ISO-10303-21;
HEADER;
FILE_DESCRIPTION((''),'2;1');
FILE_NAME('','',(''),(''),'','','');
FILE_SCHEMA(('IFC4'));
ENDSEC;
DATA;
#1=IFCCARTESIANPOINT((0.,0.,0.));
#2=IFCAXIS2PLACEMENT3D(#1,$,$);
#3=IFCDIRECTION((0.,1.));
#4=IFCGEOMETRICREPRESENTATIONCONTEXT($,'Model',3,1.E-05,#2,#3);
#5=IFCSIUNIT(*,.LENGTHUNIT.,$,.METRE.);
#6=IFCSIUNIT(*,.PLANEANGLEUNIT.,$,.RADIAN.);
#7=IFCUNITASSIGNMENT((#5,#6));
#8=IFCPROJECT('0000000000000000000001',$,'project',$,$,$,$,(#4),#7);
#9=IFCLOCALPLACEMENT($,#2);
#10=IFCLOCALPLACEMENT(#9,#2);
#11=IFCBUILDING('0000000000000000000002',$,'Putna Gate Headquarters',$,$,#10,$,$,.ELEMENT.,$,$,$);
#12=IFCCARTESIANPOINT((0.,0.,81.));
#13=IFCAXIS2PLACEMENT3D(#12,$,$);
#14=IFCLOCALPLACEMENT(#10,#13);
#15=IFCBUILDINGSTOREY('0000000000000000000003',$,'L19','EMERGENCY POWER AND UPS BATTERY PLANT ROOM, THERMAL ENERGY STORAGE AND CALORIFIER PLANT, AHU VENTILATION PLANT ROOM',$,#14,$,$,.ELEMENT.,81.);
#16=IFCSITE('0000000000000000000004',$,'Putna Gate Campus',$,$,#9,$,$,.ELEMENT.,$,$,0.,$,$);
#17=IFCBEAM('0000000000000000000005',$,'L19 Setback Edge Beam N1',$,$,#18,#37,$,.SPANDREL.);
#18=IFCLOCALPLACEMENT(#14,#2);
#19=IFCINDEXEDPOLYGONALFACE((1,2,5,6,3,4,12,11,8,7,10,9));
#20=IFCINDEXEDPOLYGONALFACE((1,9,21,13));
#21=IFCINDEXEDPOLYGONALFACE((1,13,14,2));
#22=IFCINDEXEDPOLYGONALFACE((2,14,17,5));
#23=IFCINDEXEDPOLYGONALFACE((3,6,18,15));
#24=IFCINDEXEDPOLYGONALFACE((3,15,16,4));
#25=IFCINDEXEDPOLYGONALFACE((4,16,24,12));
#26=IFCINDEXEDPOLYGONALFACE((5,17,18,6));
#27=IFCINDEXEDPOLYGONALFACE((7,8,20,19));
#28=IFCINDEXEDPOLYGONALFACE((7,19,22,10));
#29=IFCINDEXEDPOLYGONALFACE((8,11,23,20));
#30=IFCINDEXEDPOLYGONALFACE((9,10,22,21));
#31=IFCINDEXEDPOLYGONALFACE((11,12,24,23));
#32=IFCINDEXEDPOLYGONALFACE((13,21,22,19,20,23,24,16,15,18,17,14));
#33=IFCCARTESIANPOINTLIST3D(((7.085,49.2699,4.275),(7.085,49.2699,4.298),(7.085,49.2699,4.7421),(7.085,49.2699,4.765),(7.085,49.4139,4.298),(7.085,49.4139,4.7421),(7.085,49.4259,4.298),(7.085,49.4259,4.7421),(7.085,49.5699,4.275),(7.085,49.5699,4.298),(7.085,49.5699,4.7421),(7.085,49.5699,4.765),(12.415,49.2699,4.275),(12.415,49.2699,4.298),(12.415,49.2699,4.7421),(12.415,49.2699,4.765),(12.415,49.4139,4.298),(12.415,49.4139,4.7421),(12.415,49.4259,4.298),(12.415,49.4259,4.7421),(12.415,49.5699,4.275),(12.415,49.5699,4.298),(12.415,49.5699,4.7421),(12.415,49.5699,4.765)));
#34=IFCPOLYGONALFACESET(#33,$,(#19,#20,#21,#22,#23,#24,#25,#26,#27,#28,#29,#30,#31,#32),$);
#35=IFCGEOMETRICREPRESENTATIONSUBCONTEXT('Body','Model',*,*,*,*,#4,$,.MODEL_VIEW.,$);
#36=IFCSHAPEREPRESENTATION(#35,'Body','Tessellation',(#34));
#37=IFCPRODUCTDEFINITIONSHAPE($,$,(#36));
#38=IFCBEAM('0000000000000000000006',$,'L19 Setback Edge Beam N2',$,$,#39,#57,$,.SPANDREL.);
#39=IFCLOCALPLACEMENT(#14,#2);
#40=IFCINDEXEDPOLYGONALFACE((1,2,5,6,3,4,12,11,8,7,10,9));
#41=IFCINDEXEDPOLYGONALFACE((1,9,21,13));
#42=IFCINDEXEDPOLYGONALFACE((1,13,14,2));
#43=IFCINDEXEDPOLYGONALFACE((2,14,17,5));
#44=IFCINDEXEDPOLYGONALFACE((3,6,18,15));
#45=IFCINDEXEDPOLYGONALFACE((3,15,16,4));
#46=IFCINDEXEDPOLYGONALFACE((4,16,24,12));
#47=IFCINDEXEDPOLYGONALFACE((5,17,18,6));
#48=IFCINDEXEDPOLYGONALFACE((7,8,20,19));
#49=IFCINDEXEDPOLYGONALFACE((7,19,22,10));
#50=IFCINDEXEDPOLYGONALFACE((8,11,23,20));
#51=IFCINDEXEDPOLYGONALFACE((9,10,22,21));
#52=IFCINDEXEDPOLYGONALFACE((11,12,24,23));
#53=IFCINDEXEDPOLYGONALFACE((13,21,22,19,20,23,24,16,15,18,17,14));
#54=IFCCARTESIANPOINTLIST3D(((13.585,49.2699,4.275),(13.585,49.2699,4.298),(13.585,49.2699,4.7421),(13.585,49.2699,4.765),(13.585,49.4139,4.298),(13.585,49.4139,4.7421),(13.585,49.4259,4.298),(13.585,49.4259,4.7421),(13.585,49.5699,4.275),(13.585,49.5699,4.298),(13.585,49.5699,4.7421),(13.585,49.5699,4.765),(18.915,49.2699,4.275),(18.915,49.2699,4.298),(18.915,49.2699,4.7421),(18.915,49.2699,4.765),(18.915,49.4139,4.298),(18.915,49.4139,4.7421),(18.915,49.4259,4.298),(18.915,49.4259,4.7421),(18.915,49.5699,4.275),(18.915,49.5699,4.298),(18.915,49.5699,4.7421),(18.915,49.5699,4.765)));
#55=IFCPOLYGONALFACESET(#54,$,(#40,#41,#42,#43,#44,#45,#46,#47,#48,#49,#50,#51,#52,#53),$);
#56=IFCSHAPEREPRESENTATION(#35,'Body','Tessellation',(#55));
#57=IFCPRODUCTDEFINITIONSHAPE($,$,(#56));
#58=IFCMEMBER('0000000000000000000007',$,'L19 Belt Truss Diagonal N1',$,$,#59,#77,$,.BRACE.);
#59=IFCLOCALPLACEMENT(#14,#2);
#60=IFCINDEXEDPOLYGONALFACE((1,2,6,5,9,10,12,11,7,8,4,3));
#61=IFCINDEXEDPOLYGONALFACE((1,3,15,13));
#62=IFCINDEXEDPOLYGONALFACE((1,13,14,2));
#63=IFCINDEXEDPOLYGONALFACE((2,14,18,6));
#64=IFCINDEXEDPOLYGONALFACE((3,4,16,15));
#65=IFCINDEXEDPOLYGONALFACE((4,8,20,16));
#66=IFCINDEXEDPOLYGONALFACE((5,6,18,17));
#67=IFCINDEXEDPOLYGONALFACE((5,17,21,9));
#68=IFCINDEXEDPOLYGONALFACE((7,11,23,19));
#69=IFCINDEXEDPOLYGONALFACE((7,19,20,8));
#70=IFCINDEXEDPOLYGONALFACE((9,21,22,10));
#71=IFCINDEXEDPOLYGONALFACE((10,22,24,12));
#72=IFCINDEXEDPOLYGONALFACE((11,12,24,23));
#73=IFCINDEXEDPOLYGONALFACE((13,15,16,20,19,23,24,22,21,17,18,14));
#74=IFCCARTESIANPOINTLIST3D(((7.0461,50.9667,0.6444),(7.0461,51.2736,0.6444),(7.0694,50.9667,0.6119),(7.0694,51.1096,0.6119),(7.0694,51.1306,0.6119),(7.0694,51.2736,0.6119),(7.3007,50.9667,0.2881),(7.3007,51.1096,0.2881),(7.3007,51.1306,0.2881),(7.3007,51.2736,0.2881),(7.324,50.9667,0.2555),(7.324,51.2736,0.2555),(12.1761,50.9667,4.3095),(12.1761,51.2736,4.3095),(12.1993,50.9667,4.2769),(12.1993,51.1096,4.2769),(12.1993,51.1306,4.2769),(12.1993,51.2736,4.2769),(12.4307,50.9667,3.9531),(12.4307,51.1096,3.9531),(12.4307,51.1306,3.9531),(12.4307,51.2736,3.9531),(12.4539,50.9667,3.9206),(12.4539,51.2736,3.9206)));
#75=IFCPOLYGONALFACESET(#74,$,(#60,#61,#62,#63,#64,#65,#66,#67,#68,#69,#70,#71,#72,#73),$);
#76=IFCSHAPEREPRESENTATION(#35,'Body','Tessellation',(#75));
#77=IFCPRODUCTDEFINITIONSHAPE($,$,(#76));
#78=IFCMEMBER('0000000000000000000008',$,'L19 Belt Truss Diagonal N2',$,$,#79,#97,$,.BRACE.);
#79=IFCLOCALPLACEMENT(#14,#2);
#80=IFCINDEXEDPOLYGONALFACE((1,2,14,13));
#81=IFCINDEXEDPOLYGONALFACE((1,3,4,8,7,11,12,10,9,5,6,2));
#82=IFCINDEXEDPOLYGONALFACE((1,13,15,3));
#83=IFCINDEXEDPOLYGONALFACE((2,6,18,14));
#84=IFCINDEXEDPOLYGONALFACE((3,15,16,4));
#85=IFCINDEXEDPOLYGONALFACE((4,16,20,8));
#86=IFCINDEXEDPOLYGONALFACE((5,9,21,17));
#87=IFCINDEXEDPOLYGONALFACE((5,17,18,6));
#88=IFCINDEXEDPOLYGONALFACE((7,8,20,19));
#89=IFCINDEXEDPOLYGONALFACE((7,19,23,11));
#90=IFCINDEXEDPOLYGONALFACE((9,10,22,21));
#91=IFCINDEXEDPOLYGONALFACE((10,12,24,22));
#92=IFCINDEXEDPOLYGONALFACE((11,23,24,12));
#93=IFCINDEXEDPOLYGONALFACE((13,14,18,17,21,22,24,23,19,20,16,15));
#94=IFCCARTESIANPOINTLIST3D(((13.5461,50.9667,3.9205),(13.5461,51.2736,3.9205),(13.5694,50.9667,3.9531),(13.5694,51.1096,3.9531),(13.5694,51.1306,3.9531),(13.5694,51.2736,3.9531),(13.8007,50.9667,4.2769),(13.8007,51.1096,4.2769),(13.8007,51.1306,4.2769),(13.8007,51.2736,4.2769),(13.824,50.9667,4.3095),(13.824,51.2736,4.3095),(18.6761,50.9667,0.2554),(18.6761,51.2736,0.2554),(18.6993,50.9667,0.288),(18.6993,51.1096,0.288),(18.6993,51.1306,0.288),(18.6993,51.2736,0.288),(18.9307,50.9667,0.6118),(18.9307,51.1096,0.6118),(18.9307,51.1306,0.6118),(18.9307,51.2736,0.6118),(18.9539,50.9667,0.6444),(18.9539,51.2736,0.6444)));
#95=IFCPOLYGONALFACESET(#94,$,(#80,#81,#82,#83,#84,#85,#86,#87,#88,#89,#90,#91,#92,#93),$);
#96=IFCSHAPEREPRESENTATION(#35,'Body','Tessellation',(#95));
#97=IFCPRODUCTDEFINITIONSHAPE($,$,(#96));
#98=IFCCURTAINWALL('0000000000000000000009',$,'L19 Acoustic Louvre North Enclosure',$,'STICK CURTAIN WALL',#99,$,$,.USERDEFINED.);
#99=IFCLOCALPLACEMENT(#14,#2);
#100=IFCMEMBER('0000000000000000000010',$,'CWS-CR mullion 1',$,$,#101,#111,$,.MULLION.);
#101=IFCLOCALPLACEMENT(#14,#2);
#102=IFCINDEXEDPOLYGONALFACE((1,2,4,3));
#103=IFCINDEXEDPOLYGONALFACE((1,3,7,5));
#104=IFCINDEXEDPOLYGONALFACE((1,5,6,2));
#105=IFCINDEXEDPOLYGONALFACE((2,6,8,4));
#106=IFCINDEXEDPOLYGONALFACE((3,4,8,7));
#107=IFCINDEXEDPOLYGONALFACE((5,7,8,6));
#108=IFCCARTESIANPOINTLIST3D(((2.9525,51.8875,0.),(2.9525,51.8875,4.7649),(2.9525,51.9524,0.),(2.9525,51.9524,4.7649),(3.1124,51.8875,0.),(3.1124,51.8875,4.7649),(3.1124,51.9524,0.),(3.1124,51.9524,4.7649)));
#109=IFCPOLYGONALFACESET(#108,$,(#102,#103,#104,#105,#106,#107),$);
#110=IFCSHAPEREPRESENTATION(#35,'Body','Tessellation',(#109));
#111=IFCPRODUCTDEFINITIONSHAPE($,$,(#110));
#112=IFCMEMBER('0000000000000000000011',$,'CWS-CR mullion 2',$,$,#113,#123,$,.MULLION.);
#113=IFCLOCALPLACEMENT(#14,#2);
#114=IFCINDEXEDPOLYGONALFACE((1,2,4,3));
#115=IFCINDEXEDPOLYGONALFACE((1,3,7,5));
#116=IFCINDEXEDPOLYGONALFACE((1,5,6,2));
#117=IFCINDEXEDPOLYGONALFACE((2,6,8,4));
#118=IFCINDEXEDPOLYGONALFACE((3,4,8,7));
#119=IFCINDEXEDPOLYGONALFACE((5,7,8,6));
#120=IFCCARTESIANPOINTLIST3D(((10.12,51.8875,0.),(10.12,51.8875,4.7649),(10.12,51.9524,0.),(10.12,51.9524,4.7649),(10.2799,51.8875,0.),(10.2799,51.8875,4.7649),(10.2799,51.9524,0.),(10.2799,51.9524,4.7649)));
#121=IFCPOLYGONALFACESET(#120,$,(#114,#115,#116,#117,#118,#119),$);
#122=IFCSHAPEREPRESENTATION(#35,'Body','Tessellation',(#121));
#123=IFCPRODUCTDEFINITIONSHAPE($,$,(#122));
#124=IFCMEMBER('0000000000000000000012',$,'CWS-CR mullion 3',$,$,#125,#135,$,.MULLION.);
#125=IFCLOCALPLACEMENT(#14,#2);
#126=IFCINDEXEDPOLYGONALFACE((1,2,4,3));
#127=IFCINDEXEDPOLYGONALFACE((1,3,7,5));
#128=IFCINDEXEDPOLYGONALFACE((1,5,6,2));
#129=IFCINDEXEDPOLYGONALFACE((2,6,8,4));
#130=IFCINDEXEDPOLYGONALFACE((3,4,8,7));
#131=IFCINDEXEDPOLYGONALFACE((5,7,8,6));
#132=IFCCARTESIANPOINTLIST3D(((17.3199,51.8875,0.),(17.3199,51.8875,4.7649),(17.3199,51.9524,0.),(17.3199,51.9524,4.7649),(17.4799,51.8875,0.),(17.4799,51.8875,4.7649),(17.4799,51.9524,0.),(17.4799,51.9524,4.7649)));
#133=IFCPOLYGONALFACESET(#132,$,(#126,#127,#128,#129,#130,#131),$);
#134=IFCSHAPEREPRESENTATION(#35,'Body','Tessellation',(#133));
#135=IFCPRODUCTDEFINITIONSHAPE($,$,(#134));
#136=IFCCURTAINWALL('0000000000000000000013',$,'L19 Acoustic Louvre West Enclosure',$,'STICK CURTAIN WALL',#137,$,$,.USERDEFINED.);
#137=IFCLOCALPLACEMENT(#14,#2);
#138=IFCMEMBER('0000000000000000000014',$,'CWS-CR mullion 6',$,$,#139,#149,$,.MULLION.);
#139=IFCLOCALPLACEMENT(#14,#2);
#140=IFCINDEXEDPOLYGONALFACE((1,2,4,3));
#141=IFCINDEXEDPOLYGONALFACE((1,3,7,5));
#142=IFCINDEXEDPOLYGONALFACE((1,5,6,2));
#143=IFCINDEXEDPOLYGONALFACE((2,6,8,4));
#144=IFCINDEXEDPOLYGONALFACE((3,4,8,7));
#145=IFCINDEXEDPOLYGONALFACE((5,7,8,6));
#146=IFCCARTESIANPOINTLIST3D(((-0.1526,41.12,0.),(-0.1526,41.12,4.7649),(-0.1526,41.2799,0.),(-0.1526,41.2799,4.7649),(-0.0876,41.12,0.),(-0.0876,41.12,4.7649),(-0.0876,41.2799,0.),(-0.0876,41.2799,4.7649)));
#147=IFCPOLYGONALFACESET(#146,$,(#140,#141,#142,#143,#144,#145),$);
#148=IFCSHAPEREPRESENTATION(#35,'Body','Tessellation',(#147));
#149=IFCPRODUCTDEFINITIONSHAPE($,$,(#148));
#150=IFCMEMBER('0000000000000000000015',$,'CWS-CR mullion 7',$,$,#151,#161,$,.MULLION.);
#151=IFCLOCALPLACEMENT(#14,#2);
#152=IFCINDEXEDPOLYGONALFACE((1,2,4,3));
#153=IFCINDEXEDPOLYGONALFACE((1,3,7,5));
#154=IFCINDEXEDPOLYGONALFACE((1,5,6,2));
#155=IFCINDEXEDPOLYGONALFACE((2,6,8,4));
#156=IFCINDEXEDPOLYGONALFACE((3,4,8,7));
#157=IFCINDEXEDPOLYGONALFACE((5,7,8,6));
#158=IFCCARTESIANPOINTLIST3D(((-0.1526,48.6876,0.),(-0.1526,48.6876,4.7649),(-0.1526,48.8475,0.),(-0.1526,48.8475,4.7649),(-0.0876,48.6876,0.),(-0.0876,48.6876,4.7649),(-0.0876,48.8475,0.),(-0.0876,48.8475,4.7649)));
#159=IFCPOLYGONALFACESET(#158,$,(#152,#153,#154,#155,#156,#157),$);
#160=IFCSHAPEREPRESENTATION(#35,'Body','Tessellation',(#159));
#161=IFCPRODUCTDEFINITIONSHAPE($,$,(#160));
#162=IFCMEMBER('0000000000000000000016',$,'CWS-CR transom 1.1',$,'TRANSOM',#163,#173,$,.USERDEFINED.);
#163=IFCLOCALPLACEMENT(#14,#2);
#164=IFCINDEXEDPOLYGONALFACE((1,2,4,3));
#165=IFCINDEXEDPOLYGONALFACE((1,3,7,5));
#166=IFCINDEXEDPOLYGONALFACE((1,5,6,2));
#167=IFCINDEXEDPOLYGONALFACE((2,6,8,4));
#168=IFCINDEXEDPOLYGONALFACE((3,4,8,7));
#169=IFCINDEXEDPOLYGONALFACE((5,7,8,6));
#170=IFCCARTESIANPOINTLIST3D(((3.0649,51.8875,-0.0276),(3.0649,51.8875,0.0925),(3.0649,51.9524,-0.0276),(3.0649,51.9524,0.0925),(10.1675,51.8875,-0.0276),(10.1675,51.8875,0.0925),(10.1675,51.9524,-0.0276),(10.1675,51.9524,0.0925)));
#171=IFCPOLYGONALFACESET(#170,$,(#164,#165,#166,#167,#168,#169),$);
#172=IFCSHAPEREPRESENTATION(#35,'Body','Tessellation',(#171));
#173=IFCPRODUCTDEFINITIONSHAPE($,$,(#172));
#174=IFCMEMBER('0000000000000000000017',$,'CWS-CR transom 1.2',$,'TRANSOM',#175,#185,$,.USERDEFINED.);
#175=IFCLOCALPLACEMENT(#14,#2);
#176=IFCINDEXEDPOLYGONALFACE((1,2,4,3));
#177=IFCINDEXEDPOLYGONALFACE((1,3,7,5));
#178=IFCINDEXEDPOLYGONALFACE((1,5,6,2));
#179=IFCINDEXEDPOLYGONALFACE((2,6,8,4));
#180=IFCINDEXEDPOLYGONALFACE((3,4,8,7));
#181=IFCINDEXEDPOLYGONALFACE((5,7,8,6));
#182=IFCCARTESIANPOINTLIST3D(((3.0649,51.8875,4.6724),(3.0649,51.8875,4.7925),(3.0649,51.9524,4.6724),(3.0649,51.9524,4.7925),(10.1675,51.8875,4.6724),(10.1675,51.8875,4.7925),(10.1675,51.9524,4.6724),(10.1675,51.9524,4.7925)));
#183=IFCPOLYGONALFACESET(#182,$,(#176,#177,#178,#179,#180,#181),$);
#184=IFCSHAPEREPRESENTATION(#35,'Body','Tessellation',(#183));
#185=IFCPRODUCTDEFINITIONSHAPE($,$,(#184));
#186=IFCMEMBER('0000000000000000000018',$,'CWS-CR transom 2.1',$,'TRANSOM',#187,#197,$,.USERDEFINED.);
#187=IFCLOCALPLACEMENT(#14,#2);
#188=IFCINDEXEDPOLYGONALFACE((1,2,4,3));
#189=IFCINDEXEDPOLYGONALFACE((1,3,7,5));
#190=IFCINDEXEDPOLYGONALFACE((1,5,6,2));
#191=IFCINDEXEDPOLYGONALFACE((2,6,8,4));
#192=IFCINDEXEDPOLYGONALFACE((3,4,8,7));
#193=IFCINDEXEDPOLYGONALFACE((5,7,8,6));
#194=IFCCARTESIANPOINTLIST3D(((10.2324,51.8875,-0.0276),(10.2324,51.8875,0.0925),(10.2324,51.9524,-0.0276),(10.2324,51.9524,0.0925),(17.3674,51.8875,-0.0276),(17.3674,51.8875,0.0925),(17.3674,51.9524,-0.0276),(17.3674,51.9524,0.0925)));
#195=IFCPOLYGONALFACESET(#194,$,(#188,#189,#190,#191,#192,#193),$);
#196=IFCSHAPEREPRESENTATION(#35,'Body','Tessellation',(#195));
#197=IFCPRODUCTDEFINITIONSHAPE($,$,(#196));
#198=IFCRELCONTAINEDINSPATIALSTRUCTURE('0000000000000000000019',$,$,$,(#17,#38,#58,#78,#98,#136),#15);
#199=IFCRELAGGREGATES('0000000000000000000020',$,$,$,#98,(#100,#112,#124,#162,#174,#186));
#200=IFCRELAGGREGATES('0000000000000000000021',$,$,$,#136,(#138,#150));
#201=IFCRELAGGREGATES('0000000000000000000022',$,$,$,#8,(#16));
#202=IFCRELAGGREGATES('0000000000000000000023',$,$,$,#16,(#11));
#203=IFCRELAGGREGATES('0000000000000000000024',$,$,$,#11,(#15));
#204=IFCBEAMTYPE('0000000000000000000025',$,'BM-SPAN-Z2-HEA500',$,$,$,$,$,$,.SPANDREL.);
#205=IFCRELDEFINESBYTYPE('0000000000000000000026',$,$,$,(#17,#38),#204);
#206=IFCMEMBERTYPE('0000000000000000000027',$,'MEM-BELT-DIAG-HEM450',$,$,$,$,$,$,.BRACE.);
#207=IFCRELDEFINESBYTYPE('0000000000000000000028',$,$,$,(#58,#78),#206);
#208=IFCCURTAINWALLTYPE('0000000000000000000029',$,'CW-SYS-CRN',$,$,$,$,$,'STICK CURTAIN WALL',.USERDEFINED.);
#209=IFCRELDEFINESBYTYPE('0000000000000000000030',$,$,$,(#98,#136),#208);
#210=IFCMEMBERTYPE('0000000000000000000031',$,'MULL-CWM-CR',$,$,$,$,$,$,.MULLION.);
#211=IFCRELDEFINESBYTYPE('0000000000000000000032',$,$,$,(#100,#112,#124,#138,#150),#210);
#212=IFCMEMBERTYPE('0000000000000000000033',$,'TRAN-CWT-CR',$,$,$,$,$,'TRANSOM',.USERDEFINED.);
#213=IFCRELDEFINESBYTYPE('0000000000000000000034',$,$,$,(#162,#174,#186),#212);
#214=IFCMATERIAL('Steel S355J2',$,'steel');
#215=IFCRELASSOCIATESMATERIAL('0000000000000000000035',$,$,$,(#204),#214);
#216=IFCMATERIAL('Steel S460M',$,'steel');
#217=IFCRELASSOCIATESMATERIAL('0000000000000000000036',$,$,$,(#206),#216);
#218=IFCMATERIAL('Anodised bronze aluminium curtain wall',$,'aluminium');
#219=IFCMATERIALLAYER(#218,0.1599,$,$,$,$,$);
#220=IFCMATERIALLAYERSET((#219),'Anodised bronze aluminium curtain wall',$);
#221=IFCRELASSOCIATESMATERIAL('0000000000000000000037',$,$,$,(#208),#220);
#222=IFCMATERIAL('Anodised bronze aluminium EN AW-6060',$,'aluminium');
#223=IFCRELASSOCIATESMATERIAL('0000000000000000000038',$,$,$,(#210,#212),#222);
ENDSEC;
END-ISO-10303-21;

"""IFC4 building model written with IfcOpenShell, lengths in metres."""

from ifc_helpers import new_model, si_unit, direction, frame, origin, origin_2d, place, context, subcontext, project, spatial, rectangle, i_section, extrude, material, layer, layer_set, material_profile, profile_set, type_object, element, aggregate, save


model = new_model("IFC4")

# Units and contexts
model_context = context("Model", 3, precision=1e-05, world=origin(), true_north=direction((0.0, 1.0)))
body_context = subcontext(model_context, "Body", "Model", "MODEL_VIEW")
ifc_project = project(units=[si_unit("LENGTHUNIT", "METRE"), si_unit("PLANEANGLEUNIT", "RADIAN")], contexts=[model_context])

# Site, building, storey
site_placement = place(None, origin())
site = spatial("IfcSite", under=ifc_project, at=site_placement, Name="Putna Gate Campus", CompositionType="ELEMENT", RefElevation=0.0)
building_placement = place(site_placement, origin())
building = spatial("IfcBuilding", under=site, at=building_placement, Name="Putna Gate Headquarters", CompositionType="ELEMENT")
storey_placement = place(building_placement, frame((0.0, 0.0, 81.0)))
storey = spatial("IfcBuildingStorey", under=building, at=storey_placement, Name="L19", Description="EMERGENCY POWER AND UPS BATTERY PLANT ROOM, THERMAL ENERGY STORAGE AND CALORIFIER PLANT, AHU VENTILATION PLANT ROOM", CompositionType="ELEMENT", Elevation=81.0)

# Beams
ifc_material_1 = material(Name="Steel S355J2", Category="steel")
ifc_material_profile_1 = material_profile(ifc_material_1, i_section(OverallWidth=0.3, OverallDepth=0.49, WebThickness=0.012, FlangeThickness=0.0229, at=origin_2d()), Name="Steel S355J2")
ifc_profile_set_1 = profile_set([ifc_material_profile_1], Name="Steel S355J2")
beam_type_1 = type_object("IfcBeamType", Name="BM-SPAN-Z2-HEA500", PredefinedType="SPANDREL", material=ifc_profile_set_1)
for number, where, z_axis, x_axis, name in (
    (1, (7.085, 49.4199, 4.52), (1.0, 0.0, 0.0), (0.0, 1.0, 0.0), "L19 Setback Edge Beam N1"),
    (2, (13.585, 49.4199, 4.52), (1.0, 0.0, 0.0), (0.0, 1.0, 0.0), "L19 Setback Edge Beam N2"),
):
    element("IfcBeam", number, at=place(storey_placement, frame(where, z_axis=z_axis, x_axis=x_axis)), inside=storey, type_object=beam_type_1, Name=name, PredefinedType="SPANDREL", context=body_context, shape_type="SweptSolid", body=[
        extrude(i_section(OverallWidth=0.3, OverallDepth=0.49, WebThickness=0.012, FlangeThickness=0.0229, at=origin_2d()), origin(), (0.0, 0.0, 1.0), 5.3301),
    ])

# Members
ifc_material_2 = material(Name="Steel S460M", Category="steel")
ifc_material_profile_2 = material_profile(ifc_material_2, i_section(OverallWidth=0.3069, OverallDepth=0.478, WebThickness=0.021, FlangeThickness=0.04, at=origin_2d()), Name="Steel S460M")
ifc_profile_set_2 = profile_set([ifc_material_profile_2], Name="Steel S460M")
member_type_1 = type_object("IfcMemberType", Name="MEM-BELT-DIAG-HEM450", PredefinedType="BRACE", material=ifc_profile_set_2)
for number, where, z_axis, x_axis, name in (
    (3, (7.1851, 51.1201, 0.45), (0.813671, 0.0, 0.581326), (0.0, 1.0, 0.0), "L19 Belt Truss Diagonal N1"),
    (4, (13.6851, 51.1201, 4.115), (0.813671, 0.0, -0.581326), (0.0, 1.0, 0.0), "L19 Belt Truss Diagonal N2"),
):
    element("IfcMember", number, at=place(storey_placement, frame(where, z_axis=z_axis, x_axis=x_axis)), inside=storey, type_object=member_type_1, Name=name, PredefinedType="BRACE", context=body_context, shape_type="SweptSolid", body=[
        extrude(i_section(OverallWidth=0.3069, OverallDepth=0.478, WebThickness=0.021, FlangeThickness=0.04, at=origin_2d()), origin(), (0.0, 0.0, 1.0), 6.3047),
    ])

# Curtain walls, members
ifc_material_3 = material(Name="Anodised bronze aluminium curtain wall", Category="aluminium")
ifc_layer_1 = layer(ifc_material_3, 0.1599)
ifc_layer_set_1 = layer_set([ifc_layer_1], Name="Anodised bronze aluminium curtain wall")
curtain_wall_type = type_object("IfcCurtainWallType", Name="CW-SYS-CRN", ElementType="STICK CURTAIN WALL", PredefinedType="USERDEFINED", material=ifc_layer_set_1)
curtain_wall_1_placement = place(storey_placement, origin())
curtain_wall_1 = element("IfcCurtainWall", 5, at=curtain_wall_1_placement, inside=storey, type_object=curtain_wall_type, Name="L19 Acoustic Louvre North Enclosure", ObjectType="STICK CURTAIN WALL", PredefinedType="USERDEFINED")
ifc_material_4 = material(Name="Anodised bronze aluminium EN AW-6060", Category="aluminium")
ifc_material_profile_3 = material_profile(ifc_material_4, rectangle(XDim=0.0649, YDim=0.1599, at=origin_2d()), Name="Anodised bronze aluminium EN AW-6060")
ifc_profile_set_3 = profile_set([ifc_material_profile_3], Name="Anodised bronze aluminium EN AW-6060")
member_type_2 = type_object("IfcMemberType", Name="MULL-CWM-CR", PredefinedType="MULLION", material=ifc_profile_set_3)
member_1_placement = place(storey_placement, frame((3.0325, 51.9199, 0.0), z_axis=(0.0, 0.0, 1.0), x_axis=(0.0, 1.0, 0.0)))
member_1 = element("IfcMember", 6, at=member_1_placement, type_object=member_type_2, Name="CWS-CR mullion 1", PredefinedType="MULLION", context=body_context, shape_type="SweptSolid", body=[
    extrude(rectangle(XDim=0.0649, YDim=0.1599, at=origin_2d()), origin(), (0.0, 0.0, 1.0), 4.7649),
])
member_2_placement = place(storey_placement, frame((10.2, 51.9199, 0.0), z_axis=(0.0, 0.0, 1.0), x_axis=(0.0, 1.0, 0.0)))
member_2 = element("IfcMember", 7, at=member_2_placement, type_object=member_type_2, Name="CWS-CR mullion 2", PredefinedType="MULLION", context=body_context, shape_type="SweptSolid", body=[
    extrude(rectangle(XDim=0.0649, YDim=0.1599, at=origin_2d()), origin(), (0.0, 0.0, 1.0), 4.7649),
])
member_3_placement = place(storey_placement, frame((17.3999, 51.9199, 0.0), z_axis=(0.0, 0.0, 1.0), x_axis=(0.0, 1.0, 0.0)))
member_3 = element("IfcMember", 8, at=member_3_placement, type_object=member_type_2, Name="CWS-CR mullion 3", PredefinedType="MULLION", context=body_context, shape_type="SweptSolid", body=[
    extrude(rectangle(XDim=0.0649, YDim=0.1599, at=origin_2d()), origin(), (0.0, 0.0, 1.0), 4.7649),
])
curtain_wall_2_placement = place(storey_placement, origin())
curtain_wall_2 = element("IfcCurtainWall", 9, at=curtain_wall_2_placement, inside=storey, type_object=curtain_wall_type, Name="L19 Acoustic Louvre West Enclosure", ObjectType="STICK CURTAIN WALL", PredefinedType="USERDEFINED")
member_4_placement = place(storey_placement, frame((-0.1201, 41.2, 0.0), z_axis=(0.0, 0.0, 1.0), x_axis=(-1.0, 0.0, 0.0)))
member_4 = element("IfcMember", 10, at=member_4_placement, type_object=member_type_2, Name="CWS-CR mullion 6", PredefinedType="MULLION", context=body_context, shape_type="SweptSolid", body=[
    extrude(rectangle(XDim=0.0649, YDim=0.1599, at=origin_2d()), origin(), (0.0, 0.0, 1.0), 4.7649),
])
member_5_placement = place(storey_placement, frame((-0.1201, 48.7676, 0.0), z_axis=(0.0, 0.0, 1.0), x_axis=(-1.0, 0.0, 0.0)))
member_5 = element("IfcMember", 11, at=member_5_placement, type_object=member_type_2, Name="CWS-CR mullion 7", PredefinedType="MULLION", context=body_context, shape_type="SweptSolid", body=[
    extrude(rectangle(XDim=0.0649, YDim=0.1599, at=origin_2d()), origin(), (0.0, 0.0, 1.0), 4.7649),
])

# Members
ifc_material_profile_4 = material_profile(ifc_material_4, rectangle(XDim=0.0649, YDim=0.1201, at=origin_2d()), Name="Anodised bronze aluminium EN AW-6060")
ifc_profile_set_4 = profile_set([ifc_material_profile_4], Name="Anodised bronze aluminium EN AW-6060")
member_type_3 = type_object("IfcMemberType", Name="TRAN-CWT-CR", ElementType="TRANSOM", PredefinedType="USERDEFINED", material=ifc_profile_set_4)
member_6_placement = place(storey_placement, frame((3.0649, 51.9199, 0.0325), z_axis=(1.0, 0.0, 0.0), x_axis=(0.0, 1.0, 0.0)))
member_6 = element("IfcMember", 12, at=member_6_placement, type_object=member_type_3, Name="CWS-CR transom 1.1", ObjectType="TRANSOM", PredefinedType="USERDEFINED", context=body_context, shape_type="SweptSolid", body=[
    extrude(rectangle(XDim=0.0649, YDim=0.1201, at=origin_2d()), origin(), (0.0, 0.0, 1.0), 7.1025),
])
member_7_placement = place(storey_placement, frame((3.0649, 51.9199, 4.7324), z_axis=(1.0, 0.0, 0.0), x_axis=(0.0, 1.0, 0.0)))
member_7 = element("IfcMember", 13, at=member_7_placement, type_object=member_type_3, Name="CWS-CR transom 1.2", ObjectType="TRANSOM", PredefinedType="USERDEFINED", context=body_context, shape_type="SweptSolid", body=[
    extrude(rectangle(XDim=0.0649, YDim=0.1201, at=origin_2d()), origin(), (0.0, 0.0, 1.0), 7.1025),
])
member_8_placement = place(storey_placement, frame((10.2324, 51.9199, 0.0325), z_axis=(1.0, 0.0, 0.0), x_axis=(0.0, 1.0, 0.0)))
member_8 = element("IfcMember", 14, at=member_8_placement, type_object=member_type_3, Name="CWS-CR transom 2.1", ObjectType="TRANSOM", PredefinedType="USERDEFINED", context=body_context, shape_type="SweptSolid", body=[
    extrude(rectangle(XDim=0.0649, YDim=0.1201, at=origin_2d()), origin(), (0.0, 0.0, 1.0), 7.135),
])

aggregate(curtain_wall_1, [member_1, member_2, member_3, member_6, member_7, member_8])
aggregate(curtain_wall_2, [member_4, member_5])

save(model, "model.ifc")
